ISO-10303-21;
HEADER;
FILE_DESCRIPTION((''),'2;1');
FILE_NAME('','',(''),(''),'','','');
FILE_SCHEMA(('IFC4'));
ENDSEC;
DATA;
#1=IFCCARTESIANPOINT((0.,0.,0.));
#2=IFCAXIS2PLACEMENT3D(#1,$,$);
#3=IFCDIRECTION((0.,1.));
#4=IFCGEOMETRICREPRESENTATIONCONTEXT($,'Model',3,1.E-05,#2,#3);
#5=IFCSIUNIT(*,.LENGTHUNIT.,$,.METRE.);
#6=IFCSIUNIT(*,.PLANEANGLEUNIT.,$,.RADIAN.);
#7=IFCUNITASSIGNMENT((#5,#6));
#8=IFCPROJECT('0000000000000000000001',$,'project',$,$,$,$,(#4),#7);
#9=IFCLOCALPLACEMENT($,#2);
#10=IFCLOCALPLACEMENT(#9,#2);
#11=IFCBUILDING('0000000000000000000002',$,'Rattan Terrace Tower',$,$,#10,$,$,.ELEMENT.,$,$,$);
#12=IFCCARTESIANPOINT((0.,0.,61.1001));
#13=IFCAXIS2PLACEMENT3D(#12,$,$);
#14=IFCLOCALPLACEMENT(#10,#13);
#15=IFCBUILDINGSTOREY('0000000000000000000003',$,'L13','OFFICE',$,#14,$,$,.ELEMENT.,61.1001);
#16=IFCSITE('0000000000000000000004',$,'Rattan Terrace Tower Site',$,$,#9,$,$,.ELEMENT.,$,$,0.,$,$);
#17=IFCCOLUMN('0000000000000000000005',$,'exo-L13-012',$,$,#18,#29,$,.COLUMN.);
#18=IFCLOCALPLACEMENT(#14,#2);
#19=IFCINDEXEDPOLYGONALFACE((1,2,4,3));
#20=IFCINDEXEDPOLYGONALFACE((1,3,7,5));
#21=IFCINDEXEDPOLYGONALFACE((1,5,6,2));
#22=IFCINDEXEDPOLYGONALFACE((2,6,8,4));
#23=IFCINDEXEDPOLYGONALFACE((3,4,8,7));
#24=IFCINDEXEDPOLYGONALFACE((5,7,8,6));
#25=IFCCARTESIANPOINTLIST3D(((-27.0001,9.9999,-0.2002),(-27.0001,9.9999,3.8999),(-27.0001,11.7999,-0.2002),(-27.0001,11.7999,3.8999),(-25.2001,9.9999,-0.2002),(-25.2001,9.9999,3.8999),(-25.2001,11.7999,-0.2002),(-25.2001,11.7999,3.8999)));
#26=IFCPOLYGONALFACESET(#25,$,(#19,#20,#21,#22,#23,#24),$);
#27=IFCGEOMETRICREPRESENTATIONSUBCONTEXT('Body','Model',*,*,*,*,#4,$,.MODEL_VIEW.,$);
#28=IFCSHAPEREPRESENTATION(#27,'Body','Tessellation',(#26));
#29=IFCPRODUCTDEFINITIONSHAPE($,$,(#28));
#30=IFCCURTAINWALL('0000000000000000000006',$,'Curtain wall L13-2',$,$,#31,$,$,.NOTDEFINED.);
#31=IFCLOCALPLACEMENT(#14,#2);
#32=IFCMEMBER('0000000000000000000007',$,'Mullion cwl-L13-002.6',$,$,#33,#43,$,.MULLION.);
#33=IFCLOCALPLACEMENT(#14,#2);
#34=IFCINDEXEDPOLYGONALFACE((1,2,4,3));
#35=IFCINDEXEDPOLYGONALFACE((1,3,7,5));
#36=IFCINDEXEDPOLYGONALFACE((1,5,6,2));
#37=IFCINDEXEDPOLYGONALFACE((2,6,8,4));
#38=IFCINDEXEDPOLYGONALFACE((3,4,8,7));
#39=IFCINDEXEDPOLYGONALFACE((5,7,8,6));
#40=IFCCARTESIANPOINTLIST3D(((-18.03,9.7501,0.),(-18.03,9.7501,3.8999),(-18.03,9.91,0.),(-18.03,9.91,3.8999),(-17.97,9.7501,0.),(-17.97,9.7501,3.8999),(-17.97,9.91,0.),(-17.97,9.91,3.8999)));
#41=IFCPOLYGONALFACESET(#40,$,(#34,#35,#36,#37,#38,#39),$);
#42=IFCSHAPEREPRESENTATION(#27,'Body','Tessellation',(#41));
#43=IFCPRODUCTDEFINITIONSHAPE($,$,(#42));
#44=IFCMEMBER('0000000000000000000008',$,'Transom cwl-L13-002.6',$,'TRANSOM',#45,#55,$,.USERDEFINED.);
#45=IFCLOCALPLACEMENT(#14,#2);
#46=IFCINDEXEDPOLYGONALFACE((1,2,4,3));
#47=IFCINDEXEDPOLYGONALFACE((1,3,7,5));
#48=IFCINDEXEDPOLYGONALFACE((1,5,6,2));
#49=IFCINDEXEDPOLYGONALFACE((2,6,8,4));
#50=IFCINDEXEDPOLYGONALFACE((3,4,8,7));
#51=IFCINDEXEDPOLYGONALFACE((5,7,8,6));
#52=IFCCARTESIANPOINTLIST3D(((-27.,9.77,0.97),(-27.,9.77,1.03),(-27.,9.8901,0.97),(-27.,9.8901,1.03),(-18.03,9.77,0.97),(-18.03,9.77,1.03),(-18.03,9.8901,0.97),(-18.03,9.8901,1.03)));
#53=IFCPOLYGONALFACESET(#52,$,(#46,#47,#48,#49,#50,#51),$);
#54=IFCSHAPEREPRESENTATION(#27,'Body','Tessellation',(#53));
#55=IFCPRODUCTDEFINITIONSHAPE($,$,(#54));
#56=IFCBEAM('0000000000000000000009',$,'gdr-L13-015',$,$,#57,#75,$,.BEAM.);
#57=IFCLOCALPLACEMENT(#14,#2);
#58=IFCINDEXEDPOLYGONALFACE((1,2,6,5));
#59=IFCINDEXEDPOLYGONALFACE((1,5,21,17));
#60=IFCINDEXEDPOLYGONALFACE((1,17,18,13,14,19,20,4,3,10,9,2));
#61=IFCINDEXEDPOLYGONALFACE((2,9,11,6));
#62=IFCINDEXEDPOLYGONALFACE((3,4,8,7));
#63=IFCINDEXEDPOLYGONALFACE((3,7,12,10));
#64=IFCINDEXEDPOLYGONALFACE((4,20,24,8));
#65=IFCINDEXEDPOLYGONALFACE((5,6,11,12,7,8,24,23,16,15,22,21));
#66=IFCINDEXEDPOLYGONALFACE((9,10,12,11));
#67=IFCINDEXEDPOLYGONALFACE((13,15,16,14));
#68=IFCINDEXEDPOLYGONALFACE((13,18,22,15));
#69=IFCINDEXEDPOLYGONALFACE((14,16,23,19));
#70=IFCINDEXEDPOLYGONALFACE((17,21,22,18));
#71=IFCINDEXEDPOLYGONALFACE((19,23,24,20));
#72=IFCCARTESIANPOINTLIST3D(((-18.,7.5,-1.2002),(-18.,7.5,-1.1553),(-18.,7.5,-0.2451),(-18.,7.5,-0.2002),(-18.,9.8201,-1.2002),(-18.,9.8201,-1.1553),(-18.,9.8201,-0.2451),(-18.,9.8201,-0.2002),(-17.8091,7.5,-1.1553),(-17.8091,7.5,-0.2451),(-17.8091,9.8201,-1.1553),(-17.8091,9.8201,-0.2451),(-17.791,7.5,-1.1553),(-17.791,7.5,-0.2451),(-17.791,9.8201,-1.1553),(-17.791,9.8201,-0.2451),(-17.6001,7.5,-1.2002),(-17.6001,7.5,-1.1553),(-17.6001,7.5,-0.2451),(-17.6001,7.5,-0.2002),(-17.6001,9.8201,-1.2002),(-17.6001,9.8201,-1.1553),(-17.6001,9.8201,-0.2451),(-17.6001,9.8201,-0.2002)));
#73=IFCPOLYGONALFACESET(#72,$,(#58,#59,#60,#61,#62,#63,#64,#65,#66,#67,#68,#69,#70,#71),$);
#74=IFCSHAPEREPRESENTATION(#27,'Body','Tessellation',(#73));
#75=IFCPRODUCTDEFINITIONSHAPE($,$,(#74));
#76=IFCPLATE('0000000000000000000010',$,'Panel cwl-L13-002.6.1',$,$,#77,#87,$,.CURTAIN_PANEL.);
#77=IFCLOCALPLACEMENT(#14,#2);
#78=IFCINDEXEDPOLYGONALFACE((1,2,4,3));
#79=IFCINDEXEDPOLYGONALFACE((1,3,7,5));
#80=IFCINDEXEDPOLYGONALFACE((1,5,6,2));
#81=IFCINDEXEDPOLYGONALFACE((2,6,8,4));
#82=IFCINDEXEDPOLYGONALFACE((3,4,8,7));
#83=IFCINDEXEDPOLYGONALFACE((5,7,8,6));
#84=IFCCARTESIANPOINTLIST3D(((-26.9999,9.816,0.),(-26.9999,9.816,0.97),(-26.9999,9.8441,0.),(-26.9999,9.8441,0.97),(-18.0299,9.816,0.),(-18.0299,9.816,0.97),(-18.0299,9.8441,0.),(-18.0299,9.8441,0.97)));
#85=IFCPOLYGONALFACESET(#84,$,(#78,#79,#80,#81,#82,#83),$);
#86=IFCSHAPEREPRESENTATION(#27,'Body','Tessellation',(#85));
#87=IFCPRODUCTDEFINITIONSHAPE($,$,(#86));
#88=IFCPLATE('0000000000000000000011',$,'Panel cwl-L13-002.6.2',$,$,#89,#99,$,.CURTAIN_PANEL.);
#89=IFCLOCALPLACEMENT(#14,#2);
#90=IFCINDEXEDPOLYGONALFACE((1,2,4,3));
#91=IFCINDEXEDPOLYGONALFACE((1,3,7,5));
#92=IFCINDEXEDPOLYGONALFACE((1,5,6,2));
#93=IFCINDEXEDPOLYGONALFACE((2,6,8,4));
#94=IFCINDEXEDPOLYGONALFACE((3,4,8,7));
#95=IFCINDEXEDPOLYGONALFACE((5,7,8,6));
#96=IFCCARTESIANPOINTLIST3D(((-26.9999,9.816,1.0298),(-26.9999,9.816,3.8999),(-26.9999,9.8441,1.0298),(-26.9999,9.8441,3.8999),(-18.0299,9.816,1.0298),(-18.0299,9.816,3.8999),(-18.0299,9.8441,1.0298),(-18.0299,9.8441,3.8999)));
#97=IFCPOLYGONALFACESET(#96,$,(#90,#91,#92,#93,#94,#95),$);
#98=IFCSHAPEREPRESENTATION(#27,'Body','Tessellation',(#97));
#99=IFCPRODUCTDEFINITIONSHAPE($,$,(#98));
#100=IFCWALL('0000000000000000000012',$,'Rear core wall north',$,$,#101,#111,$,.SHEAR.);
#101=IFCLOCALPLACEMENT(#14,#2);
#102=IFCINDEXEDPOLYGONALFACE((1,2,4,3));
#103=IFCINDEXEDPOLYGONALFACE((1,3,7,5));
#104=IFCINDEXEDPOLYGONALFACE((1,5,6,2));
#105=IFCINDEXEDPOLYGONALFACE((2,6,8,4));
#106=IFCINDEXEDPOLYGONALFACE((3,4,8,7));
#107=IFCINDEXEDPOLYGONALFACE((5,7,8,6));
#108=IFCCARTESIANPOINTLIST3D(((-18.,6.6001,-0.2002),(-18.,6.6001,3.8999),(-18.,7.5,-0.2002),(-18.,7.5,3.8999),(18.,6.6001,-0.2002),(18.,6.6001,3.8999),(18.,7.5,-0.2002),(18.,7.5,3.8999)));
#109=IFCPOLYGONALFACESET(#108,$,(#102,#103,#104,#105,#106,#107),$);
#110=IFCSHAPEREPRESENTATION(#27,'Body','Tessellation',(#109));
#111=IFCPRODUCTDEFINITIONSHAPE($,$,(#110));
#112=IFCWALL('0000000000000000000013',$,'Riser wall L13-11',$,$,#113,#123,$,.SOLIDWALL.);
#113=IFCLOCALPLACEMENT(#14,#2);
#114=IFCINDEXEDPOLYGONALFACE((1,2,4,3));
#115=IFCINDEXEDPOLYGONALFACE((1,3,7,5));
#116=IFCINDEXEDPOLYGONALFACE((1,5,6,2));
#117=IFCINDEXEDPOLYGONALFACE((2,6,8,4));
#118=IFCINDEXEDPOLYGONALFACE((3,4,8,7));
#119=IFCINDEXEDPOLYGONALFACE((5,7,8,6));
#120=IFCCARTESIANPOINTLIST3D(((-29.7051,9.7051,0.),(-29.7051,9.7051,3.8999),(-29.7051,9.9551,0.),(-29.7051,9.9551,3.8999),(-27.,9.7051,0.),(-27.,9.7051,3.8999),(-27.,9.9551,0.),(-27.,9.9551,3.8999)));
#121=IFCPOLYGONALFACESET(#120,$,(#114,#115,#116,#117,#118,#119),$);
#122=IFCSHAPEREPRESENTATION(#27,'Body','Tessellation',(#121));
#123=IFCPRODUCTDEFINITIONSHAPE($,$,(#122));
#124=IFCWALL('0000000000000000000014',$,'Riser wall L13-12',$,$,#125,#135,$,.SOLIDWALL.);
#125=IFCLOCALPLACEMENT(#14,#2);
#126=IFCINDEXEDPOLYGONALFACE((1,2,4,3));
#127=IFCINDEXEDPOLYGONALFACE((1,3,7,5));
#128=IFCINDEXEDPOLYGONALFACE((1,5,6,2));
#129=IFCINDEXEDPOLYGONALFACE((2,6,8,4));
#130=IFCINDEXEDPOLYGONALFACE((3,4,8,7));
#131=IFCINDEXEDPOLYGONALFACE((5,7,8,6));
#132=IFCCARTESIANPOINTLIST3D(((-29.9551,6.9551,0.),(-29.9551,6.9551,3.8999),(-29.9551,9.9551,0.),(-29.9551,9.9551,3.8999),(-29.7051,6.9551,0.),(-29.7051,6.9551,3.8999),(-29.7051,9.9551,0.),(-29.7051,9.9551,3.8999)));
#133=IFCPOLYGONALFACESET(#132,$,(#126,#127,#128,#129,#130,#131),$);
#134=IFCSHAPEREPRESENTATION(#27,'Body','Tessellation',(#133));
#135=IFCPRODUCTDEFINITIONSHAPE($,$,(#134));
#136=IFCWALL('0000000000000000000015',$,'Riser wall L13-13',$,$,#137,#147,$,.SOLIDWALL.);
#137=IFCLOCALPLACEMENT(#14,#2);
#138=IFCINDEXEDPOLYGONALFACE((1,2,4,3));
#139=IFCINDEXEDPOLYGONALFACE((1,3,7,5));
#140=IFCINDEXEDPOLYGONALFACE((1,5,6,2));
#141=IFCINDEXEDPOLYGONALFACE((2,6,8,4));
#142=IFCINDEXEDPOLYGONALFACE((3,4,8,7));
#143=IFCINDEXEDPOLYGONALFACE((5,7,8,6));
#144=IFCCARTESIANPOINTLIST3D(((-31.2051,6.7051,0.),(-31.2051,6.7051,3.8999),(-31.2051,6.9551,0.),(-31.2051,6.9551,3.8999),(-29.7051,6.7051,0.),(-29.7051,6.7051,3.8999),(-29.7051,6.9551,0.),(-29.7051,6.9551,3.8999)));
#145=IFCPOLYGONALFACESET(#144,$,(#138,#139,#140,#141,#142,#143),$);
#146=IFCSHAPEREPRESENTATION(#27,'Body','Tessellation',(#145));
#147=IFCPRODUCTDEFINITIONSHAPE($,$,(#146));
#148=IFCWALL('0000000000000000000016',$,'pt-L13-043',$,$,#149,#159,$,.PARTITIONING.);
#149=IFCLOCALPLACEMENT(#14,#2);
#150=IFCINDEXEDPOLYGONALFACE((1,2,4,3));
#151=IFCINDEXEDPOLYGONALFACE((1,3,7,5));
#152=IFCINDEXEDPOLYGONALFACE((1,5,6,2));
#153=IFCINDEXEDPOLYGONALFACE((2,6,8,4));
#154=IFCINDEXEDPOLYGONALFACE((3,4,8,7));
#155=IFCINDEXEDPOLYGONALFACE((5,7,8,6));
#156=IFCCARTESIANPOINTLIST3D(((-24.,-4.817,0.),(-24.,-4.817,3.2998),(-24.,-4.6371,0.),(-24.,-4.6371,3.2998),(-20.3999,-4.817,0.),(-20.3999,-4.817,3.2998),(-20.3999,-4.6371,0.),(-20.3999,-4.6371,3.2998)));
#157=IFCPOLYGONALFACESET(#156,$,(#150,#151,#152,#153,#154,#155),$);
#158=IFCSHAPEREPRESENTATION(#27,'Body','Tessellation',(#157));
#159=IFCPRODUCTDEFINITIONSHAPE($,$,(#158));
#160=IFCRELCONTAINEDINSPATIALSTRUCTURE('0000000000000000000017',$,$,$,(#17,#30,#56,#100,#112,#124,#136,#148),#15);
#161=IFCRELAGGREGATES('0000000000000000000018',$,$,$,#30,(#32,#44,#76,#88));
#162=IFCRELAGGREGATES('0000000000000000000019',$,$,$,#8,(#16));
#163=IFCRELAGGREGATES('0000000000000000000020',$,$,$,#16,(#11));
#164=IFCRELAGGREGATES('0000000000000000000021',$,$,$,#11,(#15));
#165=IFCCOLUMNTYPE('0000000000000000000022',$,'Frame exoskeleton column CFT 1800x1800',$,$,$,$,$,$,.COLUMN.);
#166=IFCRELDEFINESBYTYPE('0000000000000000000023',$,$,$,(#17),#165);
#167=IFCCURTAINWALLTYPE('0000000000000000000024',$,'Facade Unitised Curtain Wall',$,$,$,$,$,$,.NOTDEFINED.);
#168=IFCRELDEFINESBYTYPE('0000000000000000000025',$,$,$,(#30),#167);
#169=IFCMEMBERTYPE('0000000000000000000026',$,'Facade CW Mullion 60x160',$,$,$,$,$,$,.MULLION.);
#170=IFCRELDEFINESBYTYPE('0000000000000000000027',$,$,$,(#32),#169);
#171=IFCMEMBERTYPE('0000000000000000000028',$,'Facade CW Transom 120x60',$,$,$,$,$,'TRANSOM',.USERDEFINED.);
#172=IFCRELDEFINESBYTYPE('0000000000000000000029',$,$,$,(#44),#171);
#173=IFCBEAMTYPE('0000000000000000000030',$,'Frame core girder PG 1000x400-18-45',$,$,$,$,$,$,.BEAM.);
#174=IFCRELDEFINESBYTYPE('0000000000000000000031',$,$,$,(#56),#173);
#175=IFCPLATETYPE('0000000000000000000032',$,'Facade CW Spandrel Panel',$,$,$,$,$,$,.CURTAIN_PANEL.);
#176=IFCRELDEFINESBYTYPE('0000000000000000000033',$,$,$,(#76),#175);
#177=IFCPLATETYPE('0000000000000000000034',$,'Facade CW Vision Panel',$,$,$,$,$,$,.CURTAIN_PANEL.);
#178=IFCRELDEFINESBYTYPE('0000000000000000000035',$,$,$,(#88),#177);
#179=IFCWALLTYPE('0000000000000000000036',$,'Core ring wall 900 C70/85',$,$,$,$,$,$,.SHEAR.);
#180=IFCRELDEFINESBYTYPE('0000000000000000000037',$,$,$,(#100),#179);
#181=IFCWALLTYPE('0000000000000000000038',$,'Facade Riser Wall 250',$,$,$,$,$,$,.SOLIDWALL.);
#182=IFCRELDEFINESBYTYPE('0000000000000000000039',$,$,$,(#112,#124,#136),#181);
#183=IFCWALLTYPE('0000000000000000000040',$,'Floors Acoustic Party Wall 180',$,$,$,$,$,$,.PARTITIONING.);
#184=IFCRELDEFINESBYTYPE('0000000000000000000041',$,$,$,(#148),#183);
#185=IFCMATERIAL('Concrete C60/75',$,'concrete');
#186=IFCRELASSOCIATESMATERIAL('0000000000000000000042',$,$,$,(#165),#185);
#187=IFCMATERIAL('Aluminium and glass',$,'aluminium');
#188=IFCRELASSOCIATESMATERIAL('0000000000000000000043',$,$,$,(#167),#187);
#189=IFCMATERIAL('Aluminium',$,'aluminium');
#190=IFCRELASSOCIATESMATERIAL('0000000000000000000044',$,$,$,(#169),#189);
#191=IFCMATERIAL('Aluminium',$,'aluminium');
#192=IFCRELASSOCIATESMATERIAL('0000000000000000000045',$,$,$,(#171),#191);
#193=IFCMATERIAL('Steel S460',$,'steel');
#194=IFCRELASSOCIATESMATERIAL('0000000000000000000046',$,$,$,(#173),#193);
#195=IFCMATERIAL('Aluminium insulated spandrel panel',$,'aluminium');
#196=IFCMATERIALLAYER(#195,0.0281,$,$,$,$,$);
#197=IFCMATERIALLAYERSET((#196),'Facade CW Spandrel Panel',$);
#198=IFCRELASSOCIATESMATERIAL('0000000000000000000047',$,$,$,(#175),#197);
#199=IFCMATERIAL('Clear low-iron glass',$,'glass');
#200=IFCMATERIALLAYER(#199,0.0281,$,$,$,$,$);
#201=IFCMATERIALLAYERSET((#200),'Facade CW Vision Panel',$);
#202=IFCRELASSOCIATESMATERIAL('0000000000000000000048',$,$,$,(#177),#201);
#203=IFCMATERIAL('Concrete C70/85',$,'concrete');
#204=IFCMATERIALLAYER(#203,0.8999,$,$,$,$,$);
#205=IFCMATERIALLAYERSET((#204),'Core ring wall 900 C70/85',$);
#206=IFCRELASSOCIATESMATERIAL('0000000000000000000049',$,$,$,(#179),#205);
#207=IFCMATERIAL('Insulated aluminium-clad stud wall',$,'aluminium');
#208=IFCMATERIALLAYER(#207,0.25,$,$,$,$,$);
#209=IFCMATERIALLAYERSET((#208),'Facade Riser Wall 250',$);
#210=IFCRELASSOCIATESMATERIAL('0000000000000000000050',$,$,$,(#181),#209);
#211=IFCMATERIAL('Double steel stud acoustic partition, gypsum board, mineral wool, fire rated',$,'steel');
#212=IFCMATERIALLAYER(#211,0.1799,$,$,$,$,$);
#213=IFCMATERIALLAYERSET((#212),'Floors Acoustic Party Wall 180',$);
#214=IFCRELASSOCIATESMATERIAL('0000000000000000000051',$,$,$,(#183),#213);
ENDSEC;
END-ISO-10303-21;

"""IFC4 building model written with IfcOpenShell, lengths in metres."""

from ifc_helpers import new_model, si_unit, direction, frame, frame_2d, origin, origin_2d, place, context, subcontext, project, spatial, rectangle, i_section, extrude, material, layer, layer_set, material_profile, profile_set, type_object, element, aggregate, save


model = new_model("IFC4")

# Units and contexts
model_context = context("Model", 3, precision=1e-05, world=origin(), true_north=direction((0.0, 1.0)))
body_context = subcontext(model_context, "Body", "Model", "MODEL_VIEW")
ifc_project = project(units=[si_unit("LENGTHUNIT", "METRE"), si_unit("PLANEANGLEUNIT", "RADIAN")], contexts=[model_context])

# Site, building, storey
site_placement = place(None, origin())
site = spatial("IfcSite", under=ifc_project, at=site_placement, Name="Rattan Terrace Tower Site", CompositionType="ELEMENT", RefElevation=0.0)
building_placement = place(site_placement, origin())
building = spatial("IfcBuilding", under=site, at=building_placement, Name="Rattan Terrace Tower", CompositionType="ELEMENT")
storey_placement = place(building_placement, frame((0.0, 0.0, 61.1001)))
storey = spatial("IfcBuildingStorey", under=building, at=storey_placement, Name="L13", Description="OFFICE", CompositionType="ELEMENT", Elevation=61.1001)

# Column
ifc_material_1 = material(Name="Concrete C60/75", Category="concrete")
ifc_material_profile_1 = material_profile(ifc_material_1, rectangle(XDim=1.8, YDim=1.8, at=origin_2d()), Name="CFT 1800x1800")
ifc_profile_set_1 = profile_set([ifc_material_profile_1], Name="Concrete C60/75")
column_type = type_object("IfcColumnType", Name="Frame exoskeleton column CFT 1800x1800", PredefinedType="COLUMN", material=ifc_profile_set_1)
column_placement = place(storey_placement, frame((-26.1001, 10.8999, -0.2002), z_axis=(0.0, 0.0, 1.0), x_axis=(1.0, 0.0, 0.0)))
element("IfcColumn", 1, at=column_placement, inside=storey, type_object=column_type, Name="exo-L13-012", PredefinedType="COLUMN", context=body_context, shape_type="SweptSolid", body=[
    extrude(rectangle(XDim=1.8, YDim=1.8, at=origin_2d()), origin(), (0.0, 0.0, 1.0), 4.1001),
])

# Curtain wall, members
ifc_material_2 = material(Name="Aluminium and glass", Category="aluminium")
curtain_wall_type = type_object("IfcCurtainWallType", Name="Facade Unitised Curtain Wall", PredefinedType="NOTDEFINED", material=ifc_material_2)
curtain_wall_placement = place(storey_placement, origin())
curtain_wall = element("IfcCurtainWall", 2, at=curtain_wall_placement, inside=storey, type_object=curtain_wall_type, Name="Curtain wall L13-2", PredefinedType="NOTDEFINED")
ifc_material_3 = material(Name="Aluminium", Category="aluminium")
ifc_material_profile_2 = material_profile(ifc_material_3, rectangle(XDim=0.0601, YDim=0.1599, at=origin_2d()), Name="Aluminium 60x160")
ifc_profile_set_2 = profile_set([ifc_material_profile_2], Name="Aluminium")
member_type_1 = type_object("IfcMemberType", Name="Facade CW Mullion 60x160", PredefinedType="MULLION", material=ifc_profile_set_2)
member_1_placement = place(storey_placement, frame((-18.0, 9.8301, 0.0), z_axis=(0.0, 0.0, 1.0), x_axis=(-1.0, 0.0, 0.0)))
member_1 = element("IfcMember", 3, at=member_1_placement, type_object=member_type_1, Name="Mullion cwl-L13-002.6", PredefinedType="MULLION", context=body_context, shape_type="SweptSolid", body=[
    extrude(rectangle(XDim=0.0601, YDim=0.1599, at=origin_2d()), origin(), (0.0, 0.0, 1.0), 3.8999),
])
ifc_material_4 = material(Name="Aluminium", Category="aluminium")
ifc_material_profile_3 = material_profile(ifc_material_4, rectangle(XDim=0.1201, YDim=0.0601, at=origin_2d()), Name="Aluminium 120x60")
ifc_profile_set_3 = profile_set([ifc_material_profile_3], Name="Aluminium")
member_type_2 = type_object("IfcMemberType", Name="Facade CW Transom 120x60", ElementType="TRANSOM", PredefinedType="USERDEFINED", material=ifc_profile_set_3)
member_2_placement = place(storey_placement, frame((-18.03, 9.8301, 1.0), z_axis=(-1.0, 0.0, 0.0), x_axis=(0.0, -1.0, 0.0)))
member_2 = element("IfcMember", 4, at=member_2_placement, type_object=member_type_2, Name="Transom cwl-L13-002.6", ObjectType="TRANSOM", PredefinedType="USERDEFINED", context=body_context, shape_type="SweptSolid", body=[
    extrude(rectangle(XDim=0.1201, YDim=0.0601, at=origin_2d()), origin(), (0.0, 0.0, 1.0), 8.97),
])

# Beam
ifc_material_5 = material(Name="Steel S460", Category="steel")
ifc_material_profile_4 = material_profile(ifc_material_5, i_section(OverallWidth=0.3999, OverallDepth=1.0, WebThickness=0.0181, FlangeThickness=0.0449, at=origin_2d()), Name="PG 1000x400-18-45")
ifc_profile_set_4 = profile_set([ifc_material_profile_4], Name="Steel S460")
beam_type = type_object("IfcBeamType", Name="Frame core girder PG 1000x400-18-45", PredefinedType="BEAM", material=ifc_profile_set_4)
beam_placement = place(storey_placement, frame((-17.8, 7.5, -0.7002), z_axis=(0.0, 1.0, 0.0), x_axis=(-1.0, 0.0, 0.0)))
element("IfcBeam", 5, at=beam_placement, inside=storey, type_object=beam_type, Name="gdr-L13-015", PredefinedType="BEAM", context=body_context, shape_type="SweptSolid", body=[
    extrude(i_section(OverallWidth=0.3999, OverallDepth=1.0, WebThickness=0.0181, FlangeThickness=0.0449, at=origin_2d()), origin(), (0.0, 0.0, 1.0), 2.3201),
])

# Plates
ifc_material_6 = material(Name="Aluminium insulated spandrel panel", Category="aluminium")
ifc_layer_1 = layer(ifc_material_6, 0.0281)
ifc_layer_set_1 = layer_set([ifc_layer_1], Name="Facade CW Spandrel Panel")
plate_type_1 = type_object("IfcPlateType", Name="Facade CW Spandrel Panel", PredefinedType="CURTAIN_PANEL", material=ifc_layer_set_1)
plate_1_placement = place(storey_placement, frame((-22.5149, 9.8301, 0.0), z_axis=(0.0, 0.0, 1.0), x_axis=(-1.0, 0.0, 0.0)))
plate_1 = element("IfcPlate", 6, at=plate_1_placement, type_object=plate_type_1, Name="Panel cwl-L13-002.6.1", PredefinedType="CURTAIN_PANEL", context=body_context, shape_type="SweptSolid", body=[
    extrude(rectangle(XDim=8.97, YDim=0.0281, at=origin_2d()), origin(), (0.0, 0.0, 1.0), 0.97),
])
ifc_material_7 = material(Name="Clear low-iron glass", Category="glass")
ifc_layer_2 = layer(ifc_material_7, 0.0281)
ifc_layer_set_2 = layer_set([ifc_layer_2], Name="Facade CW Vision Panel")
plate_type_2 = type_object("IfcPlateType", Name="Facade CW Vision Panel", PredefinedType="CURTAIN_PANEL", material=ifc_layer_set_2)
plate_2_placement = place(storey_placement, frame((-22.5149, 9.8301, 1.0298), z_axis=(0.0, 0.0, 1.0), x_axis=(-1.0, 0.0, 0.0)))
plate_2 = element("IfcPlate", 7, at=plate_2_placement, type_object=plate_type_2, Name="Panel cwl-L13-002.6.2", PredefinedType="CURTAIN_PANEL", context=body_context, shape_type="SweptSolid", body=[
    extrude(rectangle(XDim=8.97, YDim=0.0281, at=origin_2d()), origin(), (0.0, 0.0, 1.0), 2.8701),
])
aggregate(curtain_wall, [member_1, member_2, plate_1, plate_2])

# Walls
ifc_material_8 = material(Name="Concrete C70/85", Category="concrete")
ifc_layer_3 = layer(ifc_material_8, 0.8999)
ifc_layer_set_3 = layer_set([ifc_layer_3], Name="Core ring wall 900 C70/85")
wall_type_1 = type_object("IfcWallType", Name="Core ring wall 900 C70/85", PredefinedType="SHEAR", material=ifc_layer_set_3)
wall_1_placement = place(storey_placement, frame((-18.0, 7.05, -0.2002), z_axis=(0.0, 0.0, 1.0), x_axis=(1.0, 0.0, 0.0)))
element("IfcWall", 8, at=wall_1_placement, inside=storey, type_object=wall_type_1, Name="Rear core wall north", PredefinedType="SHEAR", context=body_context, shape_type="SweptSolid", body=[
    extrude(rectangle(XDim=36.0, YDim=0.8999, at=frame_2d((18.0, 0.0))), origin(), (0.0, 0.0, 1.0), 4.1001),
])
ifc_material_9 = material(Name="Insulated aluminium-clad stud wall", Category="aluminium")
ifc_layer_4 = layer(ifc_material_9, 0.25)
ifc_layer_set_4 = layer_set([ifc_layer_4], Name="Facade Riser Wall 250")
wall_type_2 = type_object("IfcWallType", Name="Facade Riser Wall 250", PredefinedType="SOLIDWALL", material=ifc_layer_set_4)
wall_2_placement = place(storey_placement, frame((-27.0, 9.8301, 0.0), z_axis=(0.0, 0.0, 1.0), x_axis=(-1.0, 0.0, 0.0)))
element("IfcWall", 9, at=wall_2_placement, inside=storey, type_object=wall_type_2, Name="Riser wall L13-11", PredefinedType="SOLIDWALL", context=body_context, shape_type="SweptSolid", body=[
    extrude(rectangle(XDim=2.7051, YDim=0.25, at=frame_2d((1.3525, 0.0))), origin(), (0.0, 0.0, 1.0), 3.8999),
])
wall_3_placement = place(storey_placement, frame((-29.8301, 9.9551, 0.0), z_axis=(0.0, 0.0, 1.0), x_axis=(0.0, -1.0, 0.0)))
element("IfcWall", 10, at=wall_3_placement, inside=storey, type_object=wall_type_2, Name="Riser wall L13-12", PredefinedType="SOLIDWALL", context=body_context, shape_type="SweptSolid", body=[
    extrude(rectangle(XDim=3.0, YDim=0.25, at=frame_2d((1.5, 0.0))), origin(), (0.0, 0.0, 1.0), 3.8999),
])
wall_4_placement = place(storey_placement, frame((-29.7051, 6.8301, 0.0), z_axis=(0.0, 0.0, 1.0), x_axis=(-1.0, 0.0, 0.0)))
element("IfcWall", 11, at=wall_4_placement, inside=storey, type_object=wall_type_2, Name="Riser wall L13-13", PredefinedType="SOLIDWALL", context=body_context, shape_type="SweptSolid", body=[
    extrude(rectangle(XDim=1.5, YDim=0.25, at=frame_2d((0.75, 0.0))), origin(), (0.0, 0.0, 1.0), 3.8999),
])
ifc_material_10 = material(Name="Double steel stud acoustic partition, gypsum board, mineral wool, fire rated", Category="steel")
ifc_layer_5 = layer(ifc_material_10, 0.1799)
ifc_layer_set_5 = layer_set([ifc_layer_5], Name="Floors Acoustic Party Wall 180")
wall_type_3 = type_object("IfcWallType", Name="Floors Acoustic Party Wall 180", PredefinedType="PARTITIONING", material=ifc_layer_set_5)
wall_5_placement = place(storey_placement, frame((-24.0, -4.7271, 0.0), z_axis=(0.0, 0.0, 1.0), x_axis=(1.0, 0.0, 0.0)))
element("IfcWall", 12, at=wall_5_placement, inside=storey, type_object=wall_type_3, Name="pt-L13-043", PredefinedType="PARTITIONING", context=body_context, shape_type="SweptSolid", body=[
    extrude(rectangle(XDim=3.6001, YDim=0.1799, at=frame_2d((1.8, 0.0))), origin(), (0.0, 0.0, 1.0), 3.2998),
])

save(model, "model.ifc")
